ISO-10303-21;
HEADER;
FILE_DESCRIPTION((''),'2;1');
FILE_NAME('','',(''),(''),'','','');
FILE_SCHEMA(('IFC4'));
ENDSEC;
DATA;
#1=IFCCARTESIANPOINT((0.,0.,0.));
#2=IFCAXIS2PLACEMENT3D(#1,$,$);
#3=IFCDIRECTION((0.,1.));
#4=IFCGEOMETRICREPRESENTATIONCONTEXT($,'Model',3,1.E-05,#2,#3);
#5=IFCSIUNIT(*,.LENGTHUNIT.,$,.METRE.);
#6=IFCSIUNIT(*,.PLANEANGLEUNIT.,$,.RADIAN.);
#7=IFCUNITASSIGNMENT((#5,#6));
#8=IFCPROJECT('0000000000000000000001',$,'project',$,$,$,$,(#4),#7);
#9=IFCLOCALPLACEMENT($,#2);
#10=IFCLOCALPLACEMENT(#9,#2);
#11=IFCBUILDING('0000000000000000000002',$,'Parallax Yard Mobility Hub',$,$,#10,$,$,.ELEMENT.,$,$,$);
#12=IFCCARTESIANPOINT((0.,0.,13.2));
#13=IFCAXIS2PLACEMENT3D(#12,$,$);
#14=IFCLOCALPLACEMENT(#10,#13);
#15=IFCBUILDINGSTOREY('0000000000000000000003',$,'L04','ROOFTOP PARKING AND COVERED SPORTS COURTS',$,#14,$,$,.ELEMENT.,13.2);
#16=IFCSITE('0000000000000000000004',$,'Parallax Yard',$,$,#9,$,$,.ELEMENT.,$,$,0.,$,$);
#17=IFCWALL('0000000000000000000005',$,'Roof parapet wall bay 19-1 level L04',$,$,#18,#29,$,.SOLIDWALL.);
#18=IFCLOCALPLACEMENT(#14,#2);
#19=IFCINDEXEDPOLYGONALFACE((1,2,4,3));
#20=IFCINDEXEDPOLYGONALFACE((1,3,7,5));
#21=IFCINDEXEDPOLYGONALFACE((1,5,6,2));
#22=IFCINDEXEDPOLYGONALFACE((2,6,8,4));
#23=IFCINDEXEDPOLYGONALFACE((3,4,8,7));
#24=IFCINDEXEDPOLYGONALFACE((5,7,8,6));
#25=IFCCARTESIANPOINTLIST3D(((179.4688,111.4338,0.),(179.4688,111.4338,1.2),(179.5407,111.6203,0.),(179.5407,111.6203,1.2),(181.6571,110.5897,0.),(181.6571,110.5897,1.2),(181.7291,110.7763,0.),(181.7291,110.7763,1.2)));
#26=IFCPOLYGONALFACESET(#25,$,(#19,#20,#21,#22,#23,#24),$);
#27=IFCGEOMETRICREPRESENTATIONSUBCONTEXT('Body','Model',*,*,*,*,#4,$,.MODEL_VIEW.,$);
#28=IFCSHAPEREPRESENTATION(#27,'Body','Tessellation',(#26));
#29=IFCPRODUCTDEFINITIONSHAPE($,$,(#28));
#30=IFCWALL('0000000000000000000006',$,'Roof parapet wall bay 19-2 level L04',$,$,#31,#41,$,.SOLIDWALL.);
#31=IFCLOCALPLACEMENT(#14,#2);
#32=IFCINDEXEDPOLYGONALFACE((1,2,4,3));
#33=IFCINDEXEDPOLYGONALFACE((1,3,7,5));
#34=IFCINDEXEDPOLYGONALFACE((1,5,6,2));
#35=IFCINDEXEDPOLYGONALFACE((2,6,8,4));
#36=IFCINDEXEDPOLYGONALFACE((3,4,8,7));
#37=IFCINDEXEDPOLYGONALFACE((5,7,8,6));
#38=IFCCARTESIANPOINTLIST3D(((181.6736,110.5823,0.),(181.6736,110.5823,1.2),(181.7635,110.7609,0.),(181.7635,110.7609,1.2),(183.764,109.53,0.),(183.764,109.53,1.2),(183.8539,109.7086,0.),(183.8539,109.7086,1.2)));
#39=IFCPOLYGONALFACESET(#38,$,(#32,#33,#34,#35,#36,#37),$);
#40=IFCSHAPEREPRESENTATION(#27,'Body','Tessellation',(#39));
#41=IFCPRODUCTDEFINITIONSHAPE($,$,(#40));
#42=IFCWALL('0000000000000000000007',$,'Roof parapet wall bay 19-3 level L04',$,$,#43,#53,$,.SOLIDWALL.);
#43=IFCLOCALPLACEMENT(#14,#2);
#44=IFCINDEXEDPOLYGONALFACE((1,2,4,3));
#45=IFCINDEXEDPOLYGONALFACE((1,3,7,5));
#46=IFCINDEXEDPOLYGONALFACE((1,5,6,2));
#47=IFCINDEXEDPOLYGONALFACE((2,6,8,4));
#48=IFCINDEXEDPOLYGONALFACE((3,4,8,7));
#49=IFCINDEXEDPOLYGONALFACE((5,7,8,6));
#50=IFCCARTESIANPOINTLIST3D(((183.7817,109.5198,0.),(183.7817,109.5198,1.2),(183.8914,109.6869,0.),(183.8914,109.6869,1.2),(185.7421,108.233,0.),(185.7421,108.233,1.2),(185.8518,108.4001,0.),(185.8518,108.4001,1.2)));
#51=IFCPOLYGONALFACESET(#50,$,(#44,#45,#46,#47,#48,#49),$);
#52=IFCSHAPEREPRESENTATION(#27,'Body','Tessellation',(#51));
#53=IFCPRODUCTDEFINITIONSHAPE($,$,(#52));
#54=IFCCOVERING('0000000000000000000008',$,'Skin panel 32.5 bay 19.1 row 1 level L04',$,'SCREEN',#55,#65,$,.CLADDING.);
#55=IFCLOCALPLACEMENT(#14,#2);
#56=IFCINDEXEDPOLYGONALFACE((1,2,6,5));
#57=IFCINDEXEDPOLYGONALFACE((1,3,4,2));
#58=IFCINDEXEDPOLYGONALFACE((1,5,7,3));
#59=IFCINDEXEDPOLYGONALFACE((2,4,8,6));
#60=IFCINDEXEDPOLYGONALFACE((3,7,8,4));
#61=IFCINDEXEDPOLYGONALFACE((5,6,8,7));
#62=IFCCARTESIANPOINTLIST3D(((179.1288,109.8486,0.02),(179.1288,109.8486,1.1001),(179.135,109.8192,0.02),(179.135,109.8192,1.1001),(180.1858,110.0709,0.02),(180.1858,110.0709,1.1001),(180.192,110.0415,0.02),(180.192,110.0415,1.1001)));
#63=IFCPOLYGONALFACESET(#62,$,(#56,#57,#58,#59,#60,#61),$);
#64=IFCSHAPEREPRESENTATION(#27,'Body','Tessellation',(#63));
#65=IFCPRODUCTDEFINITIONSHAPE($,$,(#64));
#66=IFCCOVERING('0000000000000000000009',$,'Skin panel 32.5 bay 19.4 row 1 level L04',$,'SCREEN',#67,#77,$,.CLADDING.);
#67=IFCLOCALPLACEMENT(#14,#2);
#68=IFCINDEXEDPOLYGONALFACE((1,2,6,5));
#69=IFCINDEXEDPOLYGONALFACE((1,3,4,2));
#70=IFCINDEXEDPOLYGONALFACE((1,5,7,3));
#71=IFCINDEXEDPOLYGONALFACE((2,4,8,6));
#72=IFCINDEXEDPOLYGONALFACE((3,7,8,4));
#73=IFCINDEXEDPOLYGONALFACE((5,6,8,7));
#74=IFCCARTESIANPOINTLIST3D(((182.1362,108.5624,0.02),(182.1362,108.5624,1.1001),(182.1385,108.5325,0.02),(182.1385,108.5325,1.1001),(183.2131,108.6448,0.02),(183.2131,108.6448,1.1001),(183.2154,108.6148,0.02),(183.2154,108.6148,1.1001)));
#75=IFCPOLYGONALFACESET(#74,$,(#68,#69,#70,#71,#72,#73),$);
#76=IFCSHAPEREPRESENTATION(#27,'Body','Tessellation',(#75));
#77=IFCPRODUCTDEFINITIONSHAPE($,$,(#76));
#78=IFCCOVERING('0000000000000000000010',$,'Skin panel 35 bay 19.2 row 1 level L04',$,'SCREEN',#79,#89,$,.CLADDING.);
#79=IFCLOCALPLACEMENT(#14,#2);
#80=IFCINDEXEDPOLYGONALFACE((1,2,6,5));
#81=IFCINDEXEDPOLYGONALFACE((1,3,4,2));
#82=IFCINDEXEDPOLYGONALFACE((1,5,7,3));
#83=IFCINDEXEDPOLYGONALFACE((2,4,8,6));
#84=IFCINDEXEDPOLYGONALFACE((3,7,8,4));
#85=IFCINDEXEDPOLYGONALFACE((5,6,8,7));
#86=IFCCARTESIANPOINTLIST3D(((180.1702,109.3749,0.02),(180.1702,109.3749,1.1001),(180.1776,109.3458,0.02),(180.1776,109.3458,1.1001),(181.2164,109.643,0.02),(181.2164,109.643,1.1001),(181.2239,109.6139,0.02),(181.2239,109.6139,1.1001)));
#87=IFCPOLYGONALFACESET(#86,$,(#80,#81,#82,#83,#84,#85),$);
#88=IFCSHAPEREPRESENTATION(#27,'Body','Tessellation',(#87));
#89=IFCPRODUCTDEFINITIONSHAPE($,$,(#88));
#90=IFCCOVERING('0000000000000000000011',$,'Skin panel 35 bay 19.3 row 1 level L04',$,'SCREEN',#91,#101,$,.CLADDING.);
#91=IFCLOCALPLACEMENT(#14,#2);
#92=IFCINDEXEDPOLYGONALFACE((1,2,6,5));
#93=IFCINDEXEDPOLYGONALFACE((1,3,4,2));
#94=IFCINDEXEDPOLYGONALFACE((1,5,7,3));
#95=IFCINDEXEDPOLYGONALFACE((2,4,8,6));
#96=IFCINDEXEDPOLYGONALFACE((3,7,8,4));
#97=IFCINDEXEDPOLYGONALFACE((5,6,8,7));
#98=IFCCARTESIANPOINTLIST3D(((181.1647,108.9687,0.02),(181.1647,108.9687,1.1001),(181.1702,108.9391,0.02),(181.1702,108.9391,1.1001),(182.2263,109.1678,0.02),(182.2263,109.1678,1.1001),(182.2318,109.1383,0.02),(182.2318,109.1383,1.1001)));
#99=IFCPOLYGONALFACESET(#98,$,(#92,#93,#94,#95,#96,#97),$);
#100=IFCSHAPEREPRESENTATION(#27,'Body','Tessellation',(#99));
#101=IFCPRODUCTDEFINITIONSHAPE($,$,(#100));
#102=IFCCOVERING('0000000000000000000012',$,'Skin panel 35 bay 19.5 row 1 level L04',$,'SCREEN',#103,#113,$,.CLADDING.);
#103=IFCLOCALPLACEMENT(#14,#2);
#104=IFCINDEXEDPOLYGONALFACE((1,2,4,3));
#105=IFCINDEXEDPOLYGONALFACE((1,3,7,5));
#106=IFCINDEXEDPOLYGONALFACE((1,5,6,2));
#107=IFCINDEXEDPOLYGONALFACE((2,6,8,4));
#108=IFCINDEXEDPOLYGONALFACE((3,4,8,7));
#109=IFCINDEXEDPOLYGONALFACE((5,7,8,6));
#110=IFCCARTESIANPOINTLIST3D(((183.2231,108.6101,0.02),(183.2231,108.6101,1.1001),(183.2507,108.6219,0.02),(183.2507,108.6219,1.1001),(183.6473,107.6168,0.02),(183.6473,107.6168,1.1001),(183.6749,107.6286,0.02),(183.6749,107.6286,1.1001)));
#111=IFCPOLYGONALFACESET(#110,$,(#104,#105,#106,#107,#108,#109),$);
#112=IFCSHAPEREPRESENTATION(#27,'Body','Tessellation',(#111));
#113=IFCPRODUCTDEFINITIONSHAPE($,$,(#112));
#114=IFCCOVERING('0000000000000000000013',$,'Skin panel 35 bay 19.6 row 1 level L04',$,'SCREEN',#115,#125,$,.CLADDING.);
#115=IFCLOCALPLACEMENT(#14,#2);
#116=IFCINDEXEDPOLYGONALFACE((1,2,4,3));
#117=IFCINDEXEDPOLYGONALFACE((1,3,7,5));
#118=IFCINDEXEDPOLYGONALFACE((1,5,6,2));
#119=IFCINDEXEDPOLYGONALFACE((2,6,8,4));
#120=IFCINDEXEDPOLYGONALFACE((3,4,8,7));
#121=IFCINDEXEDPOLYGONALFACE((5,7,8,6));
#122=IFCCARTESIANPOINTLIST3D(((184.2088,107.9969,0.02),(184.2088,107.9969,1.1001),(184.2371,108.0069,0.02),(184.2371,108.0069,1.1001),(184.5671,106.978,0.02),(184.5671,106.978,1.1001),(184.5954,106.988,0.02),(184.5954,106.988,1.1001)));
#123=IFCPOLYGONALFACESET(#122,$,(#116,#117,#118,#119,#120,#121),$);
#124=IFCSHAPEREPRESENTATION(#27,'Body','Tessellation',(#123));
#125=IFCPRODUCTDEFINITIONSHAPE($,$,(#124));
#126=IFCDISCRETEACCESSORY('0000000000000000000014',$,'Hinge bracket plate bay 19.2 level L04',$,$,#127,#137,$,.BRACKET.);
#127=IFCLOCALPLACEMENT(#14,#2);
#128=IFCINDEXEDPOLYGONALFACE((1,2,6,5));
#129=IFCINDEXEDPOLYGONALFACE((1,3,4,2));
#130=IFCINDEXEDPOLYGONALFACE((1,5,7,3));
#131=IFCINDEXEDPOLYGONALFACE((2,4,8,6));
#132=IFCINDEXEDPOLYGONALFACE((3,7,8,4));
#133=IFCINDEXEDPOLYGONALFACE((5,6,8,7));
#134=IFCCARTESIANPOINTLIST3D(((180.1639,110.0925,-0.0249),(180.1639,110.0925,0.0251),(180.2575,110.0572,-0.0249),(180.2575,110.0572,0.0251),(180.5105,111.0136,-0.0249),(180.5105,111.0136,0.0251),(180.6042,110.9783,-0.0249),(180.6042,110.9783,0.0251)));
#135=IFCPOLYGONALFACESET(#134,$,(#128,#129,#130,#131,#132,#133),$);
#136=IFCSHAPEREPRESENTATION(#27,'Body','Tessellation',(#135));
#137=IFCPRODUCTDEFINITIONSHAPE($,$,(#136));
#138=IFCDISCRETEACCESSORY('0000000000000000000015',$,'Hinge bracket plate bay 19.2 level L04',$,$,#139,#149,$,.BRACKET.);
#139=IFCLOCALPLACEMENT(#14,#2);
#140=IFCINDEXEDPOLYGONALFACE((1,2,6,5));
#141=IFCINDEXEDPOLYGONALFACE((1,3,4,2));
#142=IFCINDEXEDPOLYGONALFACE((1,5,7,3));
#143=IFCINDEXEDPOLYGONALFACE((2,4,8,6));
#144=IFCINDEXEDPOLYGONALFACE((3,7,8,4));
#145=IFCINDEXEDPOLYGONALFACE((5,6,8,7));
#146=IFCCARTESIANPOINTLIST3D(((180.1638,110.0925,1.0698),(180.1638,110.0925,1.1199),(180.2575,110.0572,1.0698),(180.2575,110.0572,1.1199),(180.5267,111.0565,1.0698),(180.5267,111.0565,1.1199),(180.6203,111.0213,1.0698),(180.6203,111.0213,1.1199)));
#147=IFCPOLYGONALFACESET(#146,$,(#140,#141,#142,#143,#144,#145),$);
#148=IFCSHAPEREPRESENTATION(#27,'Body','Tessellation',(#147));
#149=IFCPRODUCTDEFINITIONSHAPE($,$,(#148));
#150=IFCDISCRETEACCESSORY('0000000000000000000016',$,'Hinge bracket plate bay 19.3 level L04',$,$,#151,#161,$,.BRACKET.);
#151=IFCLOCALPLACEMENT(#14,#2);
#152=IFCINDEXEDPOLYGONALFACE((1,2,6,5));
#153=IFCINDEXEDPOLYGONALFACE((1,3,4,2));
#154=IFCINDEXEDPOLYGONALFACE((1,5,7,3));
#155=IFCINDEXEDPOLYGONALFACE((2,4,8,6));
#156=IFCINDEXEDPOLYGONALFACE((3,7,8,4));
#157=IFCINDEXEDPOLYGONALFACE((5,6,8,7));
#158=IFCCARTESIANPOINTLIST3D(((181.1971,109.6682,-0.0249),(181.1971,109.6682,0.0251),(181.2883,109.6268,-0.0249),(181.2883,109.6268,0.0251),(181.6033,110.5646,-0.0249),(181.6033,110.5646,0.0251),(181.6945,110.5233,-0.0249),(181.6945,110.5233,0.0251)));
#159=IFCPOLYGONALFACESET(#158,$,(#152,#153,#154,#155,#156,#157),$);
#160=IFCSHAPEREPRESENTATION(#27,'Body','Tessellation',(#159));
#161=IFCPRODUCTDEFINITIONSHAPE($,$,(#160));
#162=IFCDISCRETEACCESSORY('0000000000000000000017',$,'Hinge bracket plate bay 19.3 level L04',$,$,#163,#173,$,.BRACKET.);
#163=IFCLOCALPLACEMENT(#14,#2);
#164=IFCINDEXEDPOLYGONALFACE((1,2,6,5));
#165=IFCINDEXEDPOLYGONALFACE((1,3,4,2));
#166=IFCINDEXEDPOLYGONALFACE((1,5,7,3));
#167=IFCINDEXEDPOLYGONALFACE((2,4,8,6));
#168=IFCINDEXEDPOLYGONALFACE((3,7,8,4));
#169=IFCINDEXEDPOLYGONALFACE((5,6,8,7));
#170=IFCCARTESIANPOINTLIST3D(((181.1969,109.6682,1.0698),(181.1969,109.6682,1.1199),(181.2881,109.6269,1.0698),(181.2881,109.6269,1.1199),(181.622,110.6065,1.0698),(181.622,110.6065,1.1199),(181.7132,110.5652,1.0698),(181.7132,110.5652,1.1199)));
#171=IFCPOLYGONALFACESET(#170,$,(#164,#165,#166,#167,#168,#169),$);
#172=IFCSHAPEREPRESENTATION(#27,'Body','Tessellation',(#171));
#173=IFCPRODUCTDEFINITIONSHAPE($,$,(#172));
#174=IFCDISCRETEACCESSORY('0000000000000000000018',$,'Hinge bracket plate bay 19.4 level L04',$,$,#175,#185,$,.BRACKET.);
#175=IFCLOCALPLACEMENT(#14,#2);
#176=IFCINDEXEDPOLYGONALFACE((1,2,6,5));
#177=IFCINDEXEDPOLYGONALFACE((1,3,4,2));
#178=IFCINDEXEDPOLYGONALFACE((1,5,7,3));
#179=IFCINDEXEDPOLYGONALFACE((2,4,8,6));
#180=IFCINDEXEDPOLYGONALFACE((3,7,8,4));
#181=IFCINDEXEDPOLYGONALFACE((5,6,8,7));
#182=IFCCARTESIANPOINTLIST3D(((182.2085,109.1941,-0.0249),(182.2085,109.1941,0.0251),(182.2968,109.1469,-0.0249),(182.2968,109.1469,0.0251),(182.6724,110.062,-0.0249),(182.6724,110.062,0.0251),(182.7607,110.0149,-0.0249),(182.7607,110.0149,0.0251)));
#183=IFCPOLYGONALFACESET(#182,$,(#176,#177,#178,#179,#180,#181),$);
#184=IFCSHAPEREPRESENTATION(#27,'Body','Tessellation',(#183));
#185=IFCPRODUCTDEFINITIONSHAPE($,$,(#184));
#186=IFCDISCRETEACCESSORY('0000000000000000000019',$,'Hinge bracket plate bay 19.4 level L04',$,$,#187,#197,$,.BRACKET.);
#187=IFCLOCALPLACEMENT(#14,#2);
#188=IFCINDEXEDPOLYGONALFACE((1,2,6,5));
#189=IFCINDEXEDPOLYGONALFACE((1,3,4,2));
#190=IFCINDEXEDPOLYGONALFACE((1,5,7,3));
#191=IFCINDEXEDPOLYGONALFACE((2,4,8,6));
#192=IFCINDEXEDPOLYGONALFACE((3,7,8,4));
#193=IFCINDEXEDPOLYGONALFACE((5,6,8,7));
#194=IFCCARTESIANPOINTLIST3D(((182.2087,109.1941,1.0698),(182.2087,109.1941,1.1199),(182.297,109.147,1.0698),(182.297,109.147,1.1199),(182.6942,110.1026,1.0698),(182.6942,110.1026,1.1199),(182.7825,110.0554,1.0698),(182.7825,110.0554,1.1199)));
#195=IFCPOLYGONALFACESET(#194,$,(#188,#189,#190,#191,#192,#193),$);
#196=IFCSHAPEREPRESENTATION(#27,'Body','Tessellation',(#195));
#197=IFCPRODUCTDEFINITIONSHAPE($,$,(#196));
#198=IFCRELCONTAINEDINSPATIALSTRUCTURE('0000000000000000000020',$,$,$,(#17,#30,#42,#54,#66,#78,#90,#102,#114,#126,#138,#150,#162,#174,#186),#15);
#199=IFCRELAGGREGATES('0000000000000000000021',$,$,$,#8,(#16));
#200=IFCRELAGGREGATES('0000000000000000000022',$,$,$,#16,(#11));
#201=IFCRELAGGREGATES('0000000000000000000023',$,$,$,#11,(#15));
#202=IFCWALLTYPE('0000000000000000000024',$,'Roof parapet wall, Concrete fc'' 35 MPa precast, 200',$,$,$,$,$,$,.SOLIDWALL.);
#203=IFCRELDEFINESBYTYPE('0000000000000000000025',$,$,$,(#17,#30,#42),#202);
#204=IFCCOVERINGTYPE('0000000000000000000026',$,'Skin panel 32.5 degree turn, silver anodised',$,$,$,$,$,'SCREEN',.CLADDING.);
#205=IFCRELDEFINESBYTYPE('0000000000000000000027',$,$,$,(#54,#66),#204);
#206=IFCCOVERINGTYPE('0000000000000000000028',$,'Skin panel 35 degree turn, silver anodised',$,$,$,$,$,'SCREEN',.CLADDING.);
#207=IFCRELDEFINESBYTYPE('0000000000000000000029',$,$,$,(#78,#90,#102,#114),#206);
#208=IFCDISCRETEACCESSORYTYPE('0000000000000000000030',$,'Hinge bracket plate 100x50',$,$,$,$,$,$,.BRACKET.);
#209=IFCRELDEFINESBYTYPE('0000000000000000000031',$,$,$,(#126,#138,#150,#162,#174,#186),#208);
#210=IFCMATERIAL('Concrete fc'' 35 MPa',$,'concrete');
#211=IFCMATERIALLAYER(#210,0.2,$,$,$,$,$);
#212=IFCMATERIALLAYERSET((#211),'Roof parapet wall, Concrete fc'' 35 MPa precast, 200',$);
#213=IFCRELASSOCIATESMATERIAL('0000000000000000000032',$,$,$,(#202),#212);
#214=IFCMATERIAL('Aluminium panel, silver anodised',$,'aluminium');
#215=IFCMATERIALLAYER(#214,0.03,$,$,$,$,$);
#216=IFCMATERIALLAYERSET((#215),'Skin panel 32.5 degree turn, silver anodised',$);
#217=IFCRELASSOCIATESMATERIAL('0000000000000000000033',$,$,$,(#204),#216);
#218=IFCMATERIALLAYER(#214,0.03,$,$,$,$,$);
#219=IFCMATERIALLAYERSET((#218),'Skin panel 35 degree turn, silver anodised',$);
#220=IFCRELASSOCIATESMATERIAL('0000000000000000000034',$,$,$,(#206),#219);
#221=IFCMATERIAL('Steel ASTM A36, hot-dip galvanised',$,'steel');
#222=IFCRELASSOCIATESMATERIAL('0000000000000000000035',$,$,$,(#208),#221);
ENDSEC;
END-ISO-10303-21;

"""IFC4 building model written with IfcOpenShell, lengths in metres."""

from ifc_helpers import new_model, si_unit, direction, frame, frame_2d, origin, origin_2d, place, context, subcontext, project, spatial, rectangle, extrude, material, layer, layer_set, type_object, element, save


model = new_model("IFC4")

# Units and contexts
model_context = context("Model", 3, precision=1e-05, world=origin(), true_north=direction((0.0, 1.0)))
body_context = subcontext(model_context, "Body", "Model", "MODEL_VIEW")
ifc_project = project(units=[si_unit("LENGTHUNIT", "METRE"), si_unit("PLANEANGLEUNIT", "RADIAN")], contexts=[model_context])

# Site, building, storey
site_placement = place(None, origin())
site = spatial("IfcSite", under=ifc_project, at=site_placement, Name="Parallax Yard", CompositionType="ELEMENT", RefElevation=0.0)
building_placement = place(site_placement, origin())
building = spatial("IfcBuilding", under=site, at=building_placement, Name="Parallax Yard Mobility Hub", CompositionType="ELEMENT")
storey_placement = place(building_placement, frame((0.0, 0.0, 13.2)))
storey = spatial("IfcBuildingStorey", under=building, at=storey_placement, Name="L04", Description="ROOFTOP PARKING AND COVERED SPORTS COURTS", CompositionType="ELEMENT", Elevation=13.2)

# Walls
ifc_material_1 = material(Name="Concrete fc' 35 MPa", Category="concrete")
ifc_layer_1 = layer(ifc_material_1, 0.2)
ifc_layer_set_1 = layer_set([ifc_layer_1], Name="Roof parapet wall, Concrete fc' 35 MPa precast, 200")
wall_type = type_object("IfcWallType", Name="Roof parapet wall, Concrete fc' 35 MPa precast, 200", PredefinedType="SOLIDWALL", material=ifc_layer_set_1)
wall_1_placement = place(storey_placement, frame((179.5046, 111.5271, 0.0), z_axis=(0.0, 0.0, 1.0), x_axis=(0.933007, -0.359858, 0.0)))
element("IfcWall", 1, at=wall_1_placement, inside=storey, type_object=wall_type, Name="Roof parapet wall bay 19-1 level L04", PredefinedType="SOLIDWALL", context=body_context, shape_type="SweptSolid", body=[
    extrude(rectangle(XDim=2.3455, YDim=0.2, at=frame_2d((1.1729, 0.0))), origin(), (0.0, 0.0, 1.0), 1.2),
])
wall_2_placement = place(storey_placement, frame((181.7185, 110.6716, 0.0), z_axis=(0.0, 0.0, 1.0), x_axis=(0.893214, -0.449632, 0.0)))
element("IfcWall", 2, at=wall_2_placement, inside=storey, type_object=wall_type, Name="Roof parapet wall bay 19-2 level L04", PredefinedType="SOLIDWALL", context=body_context, shape_type="SweptSolid", body=[
    extrude(rectangle(XDim=2.3403, YDim=0.2, at=frame_2d((1.1702, 0.0))), origin(), (0.0, 0.0, 1.0), 1.2),
])
wall_3_placement = place(storey_placement, frame((183.8367, 109.6033, 0.0), z_axis=(0.0, 0.0, 1.0), x_axis=(0.835985, -0.548752, 0.0)))
element("IfcWall", 3, at=wall_3_placement, inside=storey, type_object=wall_type, Name="Roof parapet wall bay 19-3 level L04", PredefinedType="SOLIDWALL", context=body_context, shape_type="SweptSolid", body=[
    extrude(rectangle(XDim=2.345, YDim=0.2, at=frame_2d((1.1724, 0.0))), origin(), (0.0, 0.0, 1.0), 1.2),
])

# Coverings
ifc_material_2 = material(Name="Aluminium panel, silver anodised", Category="aluminium")
ifc_layer_2 = layer(ifc_material_2, 0.03)
ifc_layer_set_2 = layer_set([ifc_layer_2], Name="Skin panel 32.5 degree turn, silver anodised")
covering_type_1 = type_object("IfcCoveringType", Name="Skin panel 32.5 degree turn, silver anodised", ElementType="SCREEN", PredefinedType="CLADDING", material=ifc_layer_set_2)
for number, where, z_axis, x_axis, name in (
    (4, (179.6604, 109.9451, 0.02), (0.0, 0.0, 1.0), (-0.978599, -0.205777, 0.0), "Skin panel 32.5 bay 19.1 row 1 level L04"),
    (5, (182.6758, 108.5886, 0.02), (0.0, 0.0, 1.0), (-0.997086, -0.076284, 0.0), "Skin panel 32.5 bay 19.4 row 1 level L04"),
):
    element("IfcCovering", number, at=place(storey_placement, frame(where, z_axis=z_axis, x_axis=x_axis)), inside=storey, type_object=covering_type_1, Name=name, ObjectType="SCREEN", PredefinedType="CLADDING", context=body_context, shape_type="SweptSolid", body=[
        extrude(rectangle(XDim=1.0801, YDim=0.03, at=origin_2d()), origin(), (0.0, 0.0, 1.0), 1.0801),
    ])
ifc_layer_3 = layer(ifc_material_2, 0.03)
ifc_layer_set_3 = layer_set([ifc_layer_3], Name="Skin panel 35 degree turn, silver anodised")
covering_type_2 = type_object("IfcCoveringType", Name="Skin panel 35 degree turn, silver anodised", ElementType="SCREEN", PredefinedType="CLADDING", material=ifc_layer_set_3)
for number, where, z_axis, x_axis, name in (
    (6, (180.697, 109.4944, 0.02), (0.0, 0.0, 1.0), (-0.968692, -0.248267, 0.0), "Skin panel 35 bay 19.2 row 1 level L04"),
    (7, (181.6982, 109.0535, 0.02), (0.0, 0.0, 1.0), (-0.982855, -0.18438, 0.0), "Skin panel 35 bay 19.3 row 1 level L04"),
    (8, (183.449, 108.1194, 0.02), (0.0, 0.0, 1.0), (0.392738, -0.91965, 0.0), "Skin panel 35 bay 19.5 row 1 level L04"),
    (9, (184.4021, 107.4924, 0.02), (0.0, 0.0, 1.0), (0.33175, -0.943368, 0.0), "Skin panel 35 bay 19.6 row 1 level L04"),
):
    element("IfcCovering", number, at=place(storey_placement, frame(where, z_axis=z_axis, x_axis=x_axis)), inside=storey, type_object=covering_type_2, Name=name, ObjectType="SCREEN", PredefinedType="CLADDING", context=body_context, shape_type="SweptSolid", body=[
        extrude(rectangle(XDim=1.0801, YDim=0.03, at=origin_2d()), origin(), (0.0, 0.0, 1.0), 1.0801),
    ])

# Discrete accessories
ifc_material_3 = material(Name="Steel ASTM A36, hot-dip galvanised", Category="steel")
discrete_accessory_type_1 = type_object("IfcDiscreteAccessoryType", Name="Hinge bracket plate 100x50", PredefinedType="BRACKET", material=ifc_material_3)
discrete_accessory_1_placement = place(storey_placement, frame((180.384, 110.5354, -0.0249), z_axis=(0.0, 0.0, 1.0), x_axis=(-0.35225, -0.935906, 0.0)))
element("IfcDiscreteAccessory", 10, at=discrete_accessory_1_placement, inside=storey, type_object=discrete_accessory_type_1, Name="Hinge bracket plate bay 19.2 level L04", PredefinedType="BRACKET", context=body_context, shape_type="SweptSolid", body=[
    extrude(rectangle(XDim=0.9841, YDim=0.1001, at=origin_2d()), origin(), (0.0, 0.0, 1.0), 0.05),
])
discrete_accessory_2_placement = place(storey_placement, frame((180.3921, 110.5569, 1.0698), z_axis=(0.0, 0.0, 1.0), x_axis=(-0.35225, -0.935906, 0.0)))
element("IfcDiscreteAccessory", 11, at=discrete_accessory_2_placement, inside=storey, type_object=discrete_accessory_type_1, Name="Hinge bracket plate bay 19.2 level L04", PredefinedType="BRACKET", context=body_context, shape_type="SweptSolid", body=[
    extrude(rectangle(XDim=1.03, YDim=0.1001, at=origin_2d()), origin(), (0.0, 0.0, 1.0), 0.05),
])
discrete_accessory_3_placement = place(storey_placement, frame((181.4458, 110.0957, -0.0249), z_axis=(0.0, 0.0, 1.0), x_axis=(-0.412707, -0.910864, 0.0)))
element("IfcDiscreteAccessory", 12, at=discrete_accessory_3_placement, inside=storey, type_object=discrete_accessory_type_1, Name="Hinge bracket plate bay 19.3 level L04", PredefinedType="BRACKET", context=body_context, shape_type="SweptSolid", body=[
    extrude(rectangle(XDim=0.9841, YDim=0.1001, at=origin_2d()), origin(), (0.0, 0.0, 1.0), 0.05),
])
discrete_accessory_4_placement = place(storey_placement, frame((181.4551, 110.1167, 1.0698), z_axis=(0.0, 0.0, 1.0), x_axis=(-0.412707, -0.910864, 0.0)))
element("IfcDiscreteAccessory", 13, at=discrete_accessory_4_placement, inside=storey, type_object=discrete_accessory_type_1, Name="Hinge bracket plate bay 19.3 level L04", PredefinedType="BRACKET", context=body_context, shape_type="SweptSolid", body=[
    extrude(rectangle(XDim=1.03, YDim=0.1001, at=origin_2d()), origin(), (0.0, 0.0, 1.0), 0.05),
])
discrete_accessory_5_placement = place(storey_placement, frame((182.4846, 109.6045, -0.0249), z_axis=(0.0, 0.0, 1.0), x_axis=(-0.471397, -0.881921, 0.0)))
element("IfcDiscreteAccessory", 14, at=discrete_accessory_5_placement, inside=storey, type_object=discrete_accessory_type_1, Name="Hinge bracket plate bay 19.4 level L04", PredefinedType="BRACKET", context=body_context, shape_type="SweptSolid", body=[
    extrude(rectangle(XDim=0.9841, YDim=0.1001, at=origin_2d()), origin(), (0.0, 0.0, 1.0), 0.05),
])
discrete_accessory_6_placement = place(storey_placement, frame((182.4956, 109.6248, 1.0698), z_axis=(0.0, 0.0, 1.0), x_axis=(-0.471397, -0.881921, 0.0)))
element("IfcDiscreteAccessory", 15, at=discrete_accessory_6_placement, inside=storey, type_object=discrete_accessory_type_1, Name="Hinge bracket plate bay 19.4 level L04", PredefinedType="BRACKET", context=body_context, shape_type="SweptSolid", body=[
    extrude(rectangle(XDim=1.03, YDim=0.1001, at=origin_2d()), origin(), (0.0, 0.0, 1.0), 0.05),
])

save(model, "model.ifc")
